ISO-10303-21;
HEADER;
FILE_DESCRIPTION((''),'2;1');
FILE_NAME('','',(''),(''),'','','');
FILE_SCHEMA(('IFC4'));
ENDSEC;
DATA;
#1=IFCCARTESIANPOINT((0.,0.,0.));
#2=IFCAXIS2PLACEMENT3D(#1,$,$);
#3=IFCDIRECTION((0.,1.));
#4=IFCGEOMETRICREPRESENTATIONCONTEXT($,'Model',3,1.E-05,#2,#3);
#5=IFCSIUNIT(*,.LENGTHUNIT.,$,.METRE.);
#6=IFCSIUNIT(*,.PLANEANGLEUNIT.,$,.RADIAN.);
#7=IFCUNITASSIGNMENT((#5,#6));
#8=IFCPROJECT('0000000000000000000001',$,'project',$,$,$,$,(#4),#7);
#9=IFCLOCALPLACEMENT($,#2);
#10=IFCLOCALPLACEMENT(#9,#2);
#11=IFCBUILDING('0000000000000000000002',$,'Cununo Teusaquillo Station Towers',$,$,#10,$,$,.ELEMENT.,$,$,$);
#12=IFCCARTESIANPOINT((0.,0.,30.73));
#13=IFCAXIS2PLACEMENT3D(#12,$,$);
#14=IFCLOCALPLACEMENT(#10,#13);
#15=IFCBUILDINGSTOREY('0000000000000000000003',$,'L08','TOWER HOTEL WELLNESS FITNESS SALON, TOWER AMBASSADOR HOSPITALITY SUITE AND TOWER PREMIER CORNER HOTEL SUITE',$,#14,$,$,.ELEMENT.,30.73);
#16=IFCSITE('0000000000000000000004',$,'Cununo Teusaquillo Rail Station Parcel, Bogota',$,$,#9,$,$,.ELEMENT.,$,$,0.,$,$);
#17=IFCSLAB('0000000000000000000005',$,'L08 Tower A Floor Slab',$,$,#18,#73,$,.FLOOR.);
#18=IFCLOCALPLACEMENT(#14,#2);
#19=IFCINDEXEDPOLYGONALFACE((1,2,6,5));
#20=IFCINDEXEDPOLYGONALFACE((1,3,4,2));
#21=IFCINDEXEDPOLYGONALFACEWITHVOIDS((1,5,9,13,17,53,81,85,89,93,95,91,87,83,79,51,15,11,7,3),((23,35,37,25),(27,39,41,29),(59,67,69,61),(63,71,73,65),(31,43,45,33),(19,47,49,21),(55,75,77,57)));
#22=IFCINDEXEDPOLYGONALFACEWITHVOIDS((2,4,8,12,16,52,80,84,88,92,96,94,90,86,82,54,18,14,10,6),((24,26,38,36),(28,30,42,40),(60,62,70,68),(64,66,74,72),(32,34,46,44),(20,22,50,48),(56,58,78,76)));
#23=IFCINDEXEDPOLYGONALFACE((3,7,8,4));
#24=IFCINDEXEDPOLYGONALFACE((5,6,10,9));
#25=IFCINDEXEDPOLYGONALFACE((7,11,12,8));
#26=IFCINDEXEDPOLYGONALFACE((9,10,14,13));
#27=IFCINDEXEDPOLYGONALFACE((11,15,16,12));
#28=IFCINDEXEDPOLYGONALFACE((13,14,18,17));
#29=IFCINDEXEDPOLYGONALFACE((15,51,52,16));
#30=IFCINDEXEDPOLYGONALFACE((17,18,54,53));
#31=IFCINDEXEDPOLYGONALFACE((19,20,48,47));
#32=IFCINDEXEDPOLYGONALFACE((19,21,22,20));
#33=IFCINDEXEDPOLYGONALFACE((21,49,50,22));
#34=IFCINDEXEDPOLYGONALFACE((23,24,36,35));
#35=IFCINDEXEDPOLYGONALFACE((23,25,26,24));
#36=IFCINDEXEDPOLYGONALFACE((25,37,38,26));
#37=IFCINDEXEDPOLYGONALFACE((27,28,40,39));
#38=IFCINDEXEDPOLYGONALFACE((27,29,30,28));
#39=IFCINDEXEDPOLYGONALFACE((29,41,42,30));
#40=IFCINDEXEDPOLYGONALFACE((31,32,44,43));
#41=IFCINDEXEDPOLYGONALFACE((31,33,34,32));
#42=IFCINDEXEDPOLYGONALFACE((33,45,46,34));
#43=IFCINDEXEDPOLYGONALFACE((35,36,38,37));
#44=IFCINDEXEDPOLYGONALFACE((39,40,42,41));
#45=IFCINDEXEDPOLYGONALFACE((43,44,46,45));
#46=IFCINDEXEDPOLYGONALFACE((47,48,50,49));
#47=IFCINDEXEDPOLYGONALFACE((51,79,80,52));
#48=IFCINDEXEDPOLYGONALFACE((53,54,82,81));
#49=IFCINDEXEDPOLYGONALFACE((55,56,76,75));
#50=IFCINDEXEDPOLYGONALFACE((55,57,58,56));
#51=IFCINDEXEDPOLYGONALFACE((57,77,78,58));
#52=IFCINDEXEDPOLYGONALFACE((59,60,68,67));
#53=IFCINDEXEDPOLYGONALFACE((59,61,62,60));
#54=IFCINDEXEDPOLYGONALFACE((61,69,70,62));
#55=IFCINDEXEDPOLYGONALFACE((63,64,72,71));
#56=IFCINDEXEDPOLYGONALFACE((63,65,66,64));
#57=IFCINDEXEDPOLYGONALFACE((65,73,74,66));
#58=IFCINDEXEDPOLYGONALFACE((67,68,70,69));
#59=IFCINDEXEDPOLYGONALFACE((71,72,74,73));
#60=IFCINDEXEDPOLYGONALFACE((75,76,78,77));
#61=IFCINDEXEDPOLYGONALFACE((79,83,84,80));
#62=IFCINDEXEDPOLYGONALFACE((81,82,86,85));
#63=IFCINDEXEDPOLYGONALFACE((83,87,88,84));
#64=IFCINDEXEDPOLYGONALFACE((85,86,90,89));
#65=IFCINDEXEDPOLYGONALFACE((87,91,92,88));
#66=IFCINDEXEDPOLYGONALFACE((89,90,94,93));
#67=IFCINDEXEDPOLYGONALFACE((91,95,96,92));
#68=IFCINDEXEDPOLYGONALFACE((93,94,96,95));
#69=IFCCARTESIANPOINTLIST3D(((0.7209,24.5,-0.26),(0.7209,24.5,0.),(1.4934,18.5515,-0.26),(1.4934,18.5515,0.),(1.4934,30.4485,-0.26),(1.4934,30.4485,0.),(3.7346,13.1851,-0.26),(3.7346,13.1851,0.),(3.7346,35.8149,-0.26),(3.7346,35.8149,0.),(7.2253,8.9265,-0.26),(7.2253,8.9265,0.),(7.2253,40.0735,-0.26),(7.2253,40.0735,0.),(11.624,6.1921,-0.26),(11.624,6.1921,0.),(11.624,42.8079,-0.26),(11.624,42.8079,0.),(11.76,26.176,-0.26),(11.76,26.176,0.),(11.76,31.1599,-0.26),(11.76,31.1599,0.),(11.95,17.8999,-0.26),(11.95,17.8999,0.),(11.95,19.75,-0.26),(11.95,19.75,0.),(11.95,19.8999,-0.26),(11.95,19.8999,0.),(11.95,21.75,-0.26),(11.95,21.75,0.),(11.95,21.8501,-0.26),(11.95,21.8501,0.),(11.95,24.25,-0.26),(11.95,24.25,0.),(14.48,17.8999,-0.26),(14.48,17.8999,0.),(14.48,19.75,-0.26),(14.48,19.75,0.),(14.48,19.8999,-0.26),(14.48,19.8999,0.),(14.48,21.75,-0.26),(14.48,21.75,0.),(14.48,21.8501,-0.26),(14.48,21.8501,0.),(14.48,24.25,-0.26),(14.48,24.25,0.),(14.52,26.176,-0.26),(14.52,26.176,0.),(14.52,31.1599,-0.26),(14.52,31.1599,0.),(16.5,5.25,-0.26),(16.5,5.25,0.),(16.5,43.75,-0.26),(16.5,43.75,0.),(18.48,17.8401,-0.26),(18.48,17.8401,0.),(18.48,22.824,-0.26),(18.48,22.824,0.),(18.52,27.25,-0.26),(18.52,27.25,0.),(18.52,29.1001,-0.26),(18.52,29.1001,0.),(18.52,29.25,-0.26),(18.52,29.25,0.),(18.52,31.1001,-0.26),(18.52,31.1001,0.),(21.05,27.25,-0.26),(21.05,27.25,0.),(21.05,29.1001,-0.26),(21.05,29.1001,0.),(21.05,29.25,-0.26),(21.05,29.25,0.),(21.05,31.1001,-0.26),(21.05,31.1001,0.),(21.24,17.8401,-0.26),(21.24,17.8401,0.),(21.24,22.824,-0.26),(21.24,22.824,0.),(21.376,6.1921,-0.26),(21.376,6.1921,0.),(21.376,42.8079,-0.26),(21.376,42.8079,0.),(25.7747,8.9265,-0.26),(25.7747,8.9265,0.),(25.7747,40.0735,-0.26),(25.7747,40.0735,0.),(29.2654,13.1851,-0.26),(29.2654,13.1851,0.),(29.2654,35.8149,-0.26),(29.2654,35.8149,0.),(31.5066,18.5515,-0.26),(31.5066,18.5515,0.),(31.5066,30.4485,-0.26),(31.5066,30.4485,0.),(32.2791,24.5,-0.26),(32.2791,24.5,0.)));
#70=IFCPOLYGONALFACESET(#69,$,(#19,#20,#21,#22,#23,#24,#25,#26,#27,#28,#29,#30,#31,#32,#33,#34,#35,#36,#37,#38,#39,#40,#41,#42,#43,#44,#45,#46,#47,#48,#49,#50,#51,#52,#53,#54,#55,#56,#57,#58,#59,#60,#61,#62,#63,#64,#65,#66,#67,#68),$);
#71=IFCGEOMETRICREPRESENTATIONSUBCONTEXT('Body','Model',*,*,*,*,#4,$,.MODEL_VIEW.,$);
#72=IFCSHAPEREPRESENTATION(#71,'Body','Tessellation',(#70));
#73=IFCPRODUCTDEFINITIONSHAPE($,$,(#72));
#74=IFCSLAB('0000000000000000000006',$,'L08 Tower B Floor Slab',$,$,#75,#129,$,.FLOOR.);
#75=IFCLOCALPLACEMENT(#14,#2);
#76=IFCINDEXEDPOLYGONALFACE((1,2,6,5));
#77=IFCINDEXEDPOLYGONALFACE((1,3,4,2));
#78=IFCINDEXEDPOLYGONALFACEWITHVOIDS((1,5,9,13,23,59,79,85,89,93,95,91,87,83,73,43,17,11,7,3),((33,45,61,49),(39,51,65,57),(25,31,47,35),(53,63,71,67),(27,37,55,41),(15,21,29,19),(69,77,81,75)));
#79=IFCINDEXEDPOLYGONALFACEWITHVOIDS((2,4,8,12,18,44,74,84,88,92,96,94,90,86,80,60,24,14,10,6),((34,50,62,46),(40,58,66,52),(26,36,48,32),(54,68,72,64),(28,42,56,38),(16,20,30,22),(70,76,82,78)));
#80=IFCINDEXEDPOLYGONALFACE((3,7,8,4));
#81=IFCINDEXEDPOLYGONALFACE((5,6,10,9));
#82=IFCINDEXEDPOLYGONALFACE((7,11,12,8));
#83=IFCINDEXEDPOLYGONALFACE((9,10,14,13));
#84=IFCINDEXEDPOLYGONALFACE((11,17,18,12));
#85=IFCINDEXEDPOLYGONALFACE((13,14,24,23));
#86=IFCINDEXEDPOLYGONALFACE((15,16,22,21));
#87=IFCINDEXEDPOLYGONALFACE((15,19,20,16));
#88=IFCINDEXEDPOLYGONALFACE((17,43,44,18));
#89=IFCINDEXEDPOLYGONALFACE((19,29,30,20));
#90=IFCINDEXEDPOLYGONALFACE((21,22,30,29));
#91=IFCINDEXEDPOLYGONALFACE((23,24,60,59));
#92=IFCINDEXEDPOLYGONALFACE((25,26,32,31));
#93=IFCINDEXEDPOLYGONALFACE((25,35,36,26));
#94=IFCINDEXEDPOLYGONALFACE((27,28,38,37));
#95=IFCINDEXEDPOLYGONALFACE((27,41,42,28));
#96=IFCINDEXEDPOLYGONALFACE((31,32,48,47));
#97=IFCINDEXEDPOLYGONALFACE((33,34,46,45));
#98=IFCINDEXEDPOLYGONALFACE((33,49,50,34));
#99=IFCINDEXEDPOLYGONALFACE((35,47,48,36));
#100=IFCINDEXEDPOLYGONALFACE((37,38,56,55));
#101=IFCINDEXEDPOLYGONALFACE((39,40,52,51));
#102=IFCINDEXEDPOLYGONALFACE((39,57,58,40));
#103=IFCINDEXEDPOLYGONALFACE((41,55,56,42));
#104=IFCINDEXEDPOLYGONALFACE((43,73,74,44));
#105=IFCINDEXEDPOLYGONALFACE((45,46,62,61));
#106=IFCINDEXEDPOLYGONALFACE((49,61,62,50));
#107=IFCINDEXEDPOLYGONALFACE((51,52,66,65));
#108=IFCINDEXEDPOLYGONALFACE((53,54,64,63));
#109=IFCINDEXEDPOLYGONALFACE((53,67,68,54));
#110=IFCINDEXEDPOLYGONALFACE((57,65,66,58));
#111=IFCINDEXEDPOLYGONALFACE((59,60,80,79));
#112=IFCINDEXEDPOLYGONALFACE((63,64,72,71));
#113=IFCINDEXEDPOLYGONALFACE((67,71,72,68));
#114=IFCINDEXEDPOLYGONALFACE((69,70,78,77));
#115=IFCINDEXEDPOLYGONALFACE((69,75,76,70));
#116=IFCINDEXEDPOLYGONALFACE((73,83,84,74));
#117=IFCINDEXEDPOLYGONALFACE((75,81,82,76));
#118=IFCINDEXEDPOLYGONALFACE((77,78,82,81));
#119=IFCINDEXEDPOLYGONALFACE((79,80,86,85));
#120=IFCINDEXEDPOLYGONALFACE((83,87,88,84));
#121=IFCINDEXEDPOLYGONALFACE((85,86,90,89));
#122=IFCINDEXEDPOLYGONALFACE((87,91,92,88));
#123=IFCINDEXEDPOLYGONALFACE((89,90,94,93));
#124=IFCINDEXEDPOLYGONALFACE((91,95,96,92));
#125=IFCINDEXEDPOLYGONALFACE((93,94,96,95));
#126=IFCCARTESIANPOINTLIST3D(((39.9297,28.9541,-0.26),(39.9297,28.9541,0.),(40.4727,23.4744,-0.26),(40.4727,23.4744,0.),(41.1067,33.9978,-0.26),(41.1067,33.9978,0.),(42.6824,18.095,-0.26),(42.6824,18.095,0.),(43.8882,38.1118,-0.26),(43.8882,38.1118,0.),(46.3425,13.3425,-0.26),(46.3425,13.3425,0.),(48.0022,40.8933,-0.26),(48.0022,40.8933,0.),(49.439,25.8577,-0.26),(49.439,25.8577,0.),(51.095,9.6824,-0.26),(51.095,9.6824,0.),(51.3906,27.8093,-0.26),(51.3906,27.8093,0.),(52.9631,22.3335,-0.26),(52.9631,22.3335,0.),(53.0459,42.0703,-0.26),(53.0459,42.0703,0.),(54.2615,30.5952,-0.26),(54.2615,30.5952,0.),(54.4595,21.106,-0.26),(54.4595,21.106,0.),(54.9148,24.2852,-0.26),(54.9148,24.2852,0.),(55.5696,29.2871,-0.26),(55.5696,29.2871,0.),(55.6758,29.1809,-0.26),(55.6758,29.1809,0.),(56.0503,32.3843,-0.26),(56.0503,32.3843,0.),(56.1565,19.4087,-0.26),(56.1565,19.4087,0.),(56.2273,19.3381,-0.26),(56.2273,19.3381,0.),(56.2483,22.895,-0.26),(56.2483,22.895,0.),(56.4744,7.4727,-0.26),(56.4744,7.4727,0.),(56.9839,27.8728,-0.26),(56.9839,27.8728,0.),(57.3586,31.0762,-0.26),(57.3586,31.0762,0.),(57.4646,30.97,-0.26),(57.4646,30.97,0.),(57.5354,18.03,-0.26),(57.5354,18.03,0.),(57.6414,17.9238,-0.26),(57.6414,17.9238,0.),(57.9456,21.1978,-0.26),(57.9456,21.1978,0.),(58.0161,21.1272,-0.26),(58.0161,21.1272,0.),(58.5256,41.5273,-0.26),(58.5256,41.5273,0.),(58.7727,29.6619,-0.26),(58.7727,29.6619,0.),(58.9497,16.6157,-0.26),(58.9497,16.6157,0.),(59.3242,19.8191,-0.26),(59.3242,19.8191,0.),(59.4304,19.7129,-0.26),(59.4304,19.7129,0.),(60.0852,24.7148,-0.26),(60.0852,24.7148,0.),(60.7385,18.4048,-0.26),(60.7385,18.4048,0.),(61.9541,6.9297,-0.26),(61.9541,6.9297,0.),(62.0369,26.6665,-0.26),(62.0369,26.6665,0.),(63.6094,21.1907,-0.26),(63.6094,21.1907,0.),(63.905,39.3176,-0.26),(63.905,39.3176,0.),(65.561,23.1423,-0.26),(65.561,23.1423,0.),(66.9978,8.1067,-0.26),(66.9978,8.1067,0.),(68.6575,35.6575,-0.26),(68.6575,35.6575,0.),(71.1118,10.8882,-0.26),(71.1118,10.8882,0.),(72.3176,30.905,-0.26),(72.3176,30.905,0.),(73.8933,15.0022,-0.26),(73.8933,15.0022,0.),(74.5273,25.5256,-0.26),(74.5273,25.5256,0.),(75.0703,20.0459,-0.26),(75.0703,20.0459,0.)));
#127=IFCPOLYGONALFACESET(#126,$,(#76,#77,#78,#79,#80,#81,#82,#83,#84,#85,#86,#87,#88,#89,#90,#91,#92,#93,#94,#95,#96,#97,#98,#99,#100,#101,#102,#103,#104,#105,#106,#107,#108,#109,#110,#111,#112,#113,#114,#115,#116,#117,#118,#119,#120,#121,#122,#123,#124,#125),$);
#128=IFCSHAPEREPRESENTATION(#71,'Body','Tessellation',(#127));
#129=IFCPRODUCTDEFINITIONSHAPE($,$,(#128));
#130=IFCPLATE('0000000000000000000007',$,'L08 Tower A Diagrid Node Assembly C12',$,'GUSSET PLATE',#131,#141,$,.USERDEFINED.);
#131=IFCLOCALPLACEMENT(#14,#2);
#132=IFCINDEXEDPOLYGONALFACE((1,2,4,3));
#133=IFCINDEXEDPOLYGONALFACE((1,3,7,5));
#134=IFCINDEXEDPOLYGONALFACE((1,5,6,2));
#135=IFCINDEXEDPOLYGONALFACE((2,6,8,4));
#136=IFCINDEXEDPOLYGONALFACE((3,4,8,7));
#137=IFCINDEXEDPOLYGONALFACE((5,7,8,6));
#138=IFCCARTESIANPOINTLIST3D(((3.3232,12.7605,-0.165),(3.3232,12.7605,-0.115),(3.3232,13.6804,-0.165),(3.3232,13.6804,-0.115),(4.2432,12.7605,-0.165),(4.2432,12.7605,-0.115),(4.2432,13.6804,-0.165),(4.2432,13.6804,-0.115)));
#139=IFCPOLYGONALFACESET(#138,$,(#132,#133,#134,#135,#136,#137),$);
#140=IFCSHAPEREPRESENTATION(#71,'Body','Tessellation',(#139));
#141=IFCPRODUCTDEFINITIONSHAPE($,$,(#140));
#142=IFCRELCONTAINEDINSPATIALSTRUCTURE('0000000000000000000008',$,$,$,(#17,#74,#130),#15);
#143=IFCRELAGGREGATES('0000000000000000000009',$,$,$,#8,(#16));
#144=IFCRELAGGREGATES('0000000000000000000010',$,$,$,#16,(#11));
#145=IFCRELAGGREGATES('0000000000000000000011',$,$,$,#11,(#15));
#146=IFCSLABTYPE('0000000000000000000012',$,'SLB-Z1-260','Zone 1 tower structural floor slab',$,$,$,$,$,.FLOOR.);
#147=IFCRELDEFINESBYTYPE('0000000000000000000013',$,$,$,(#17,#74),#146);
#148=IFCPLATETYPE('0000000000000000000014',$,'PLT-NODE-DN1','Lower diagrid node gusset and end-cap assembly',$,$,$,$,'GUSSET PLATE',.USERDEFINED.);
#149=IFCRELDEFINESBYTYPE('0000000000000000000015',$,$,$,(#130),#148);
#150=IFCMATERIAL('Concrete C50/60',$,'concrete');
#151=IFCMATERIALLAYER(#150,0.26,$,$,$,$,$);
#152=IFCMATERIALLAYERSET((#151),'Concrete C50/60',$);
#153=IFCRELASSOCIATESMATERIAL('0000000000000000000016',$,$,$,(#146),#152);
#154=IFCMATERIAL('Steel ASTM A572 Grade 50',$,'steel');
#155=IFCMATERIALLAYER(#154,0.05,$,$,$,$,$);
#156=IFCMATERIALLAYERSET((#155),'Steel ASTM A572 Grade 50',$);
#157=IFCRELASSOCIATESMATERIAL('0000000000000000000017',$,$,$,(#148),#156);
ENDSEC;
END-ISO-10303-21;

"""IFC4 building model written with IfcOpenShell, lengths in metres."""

from ifc_helpers import new_model, si_unit, direction, frame, origin, origin_2d, place, context, subcontext, project, spatial, polyline, rectangle, outline, extrude, source, transform, mapped, material, layer, layer_set, type_object, element, save


model = new_model("IFC4")

# Units and contexts
model_context = context("Model", 3, precision=1e-05, world=origin(), true_north=direction((0.0, 1.0)))
body_context = subcontext(model_context, "Body", "Model", "MODEL_VIEW")
ifc_project = project(units=[si_unit("LENGTHUNIT", "METRE"), si_unit("PLANEANGLEUNIT", "RADIAN")], contexts=[model_context])

# Site, building, storey
site_placement = place(None, origin())
site = spatial("IfcSite", under=ifc_project, at=site_placement, Name="Cununo Teusaquillo Rail Station Parcel, Bogota", CompositionType="ELEMENT", RefElevation=0.0)
building_placement = place(site_placement, origin())
building = spatial("IfcBuilding", under=site, at=building_placement, Name="Cununo Teusaquillo Station Towers", CompositionType="ELEMENT")
storey_placement = place(building_placement, frame((0.0, 0.0, 30.73)))
storey = spatial("IfcBuildingStorey", under=building, at=storey_placement, Name="L08", Description="TOWER HOTEL WELLNESS FITNESS SALON, TOWER AMBASSADOR HOSPITALITY SUITE AND TOWER PREMIER CORNER HOTEL SUITE", CompositionType="ELEMENT", Elevation=30.73)

# Slabs
ifc_material_1 = material(Name="Concrete C50/60", Category="concrete")
ifc_layer_1 = layer(ifc_material_1, 0.26)
ifc_layer_set_1 = layer_set([ifc_layer_1], Name="Concrete C50/60")
slab_type_1 = type_object("IfcSlabType", Name="SLB-Z1-260", Description="Zone 1 tower structural floor slab", PredefinedType="FLOOR", material=ifc_layer_set_1)
slab_1_placement = place(storey_placement, frame((0.0, 0.0, -0.26)))
element("IfcSlab", 1, at=slab_1_placement, inside=storey, type_object=slab_type_1, Name="L08 Tower A Floor Slab", PredefinedType="FLOOR", context=body_context, shape_type="SweptSolid", body=[
    extrude(outline(polyline([(32.2791, 24.5), (31.5066, 30.4485), (29.2654, 35.8149), (25.7747, 40.0735), (21.376, 42.8079), (16.5, 43.75), (11.624, 42.8079), (7.2253, 40.0735), (3.7346, 35.8149), (1.4934, 30.4485), (0.7209, 24.5), (1.4934, 18.5515), (3.7346, 13.1851), (7.2253, 8.9265), (11.624, 6.1921), (16.5, 5.25), (21.376, 6.1921), (25.7747, 8.9265), (29.2654, 13.1851), (31.5066, 18.5515), (32.2791, 24.5)]), holes=[polyline([(14.52, 26.176), (14.52, 31.1599), (11.76, 31.1599), (11.76, 26.176), (14.52, 26.176)]), polyline([(18.48, 22.824), (18.48, 17.8401), (21.24, 17.8401), (21.24, 22.824), (18.48, 22.824)]), polyline([(11.95, 21.8501), (14.48, 21.8501), (14.48, 24.25), (11.95, 24.25), (11.95, 21.8501)]), polyline([(11.95, 17.8999), (14.48, 17.8999), (14.48, 19.75), (11.95, 19.75), (11.95, 17.8999)]), polyline([(11.95, 19.8999), (14.48, 19.8999), (14.48, 21.75), (11.95, 21.75), (11.95, 19.8999)]), polyline([(18.52, 27.25), (21.05, 27.25), (21.05, 29.1001), (18.52, 29.1001), (18.52, 27.25)]), polyline([(18.52, 29.25), (21.05, 29.25), (21.05, 31.1001), (18.52, 31.1001), (18.52, 29.25)])]), origin(), (0.0, 0.0, 1.0), 0.26),
])
slab_2_placement = place(storey_placement, frame((0.0, 0.0, -0.26)))
element("IfcSlab", 2, at=slab_2_placement, inside=storey, type_object=slab_type_1, Name="L08 Tower B Floor Slab", PredefinedType="FLOOR", context=body_context, shape_type="SweptSolid", body=[
    extrude(outline(polyline([(68.6575, 35.6575), (63.905, 39.3176), (58.5256, 41.5273), (53.0459, 42.0703), (48.0022, 40.8933), (43.8882, 38.1118), (41.1067, 33.9978), (39.9297, 28.9541), (40.4727, 23.4744), (42.6824, 18.095), (46.3425, 13.3425), (51.095, 9.6824), (56.4744, 7.4727), (61.9541, 6.9297), (66.9978, 8.1067), (71.1118, 10.8882), (73.8933, 15.0022), (75.0703, 20.0459), (74.5273, 25.5256), (72.3176, 30.905), (68.6575, 35.6575)]), holes=[polyline([(54.9148, 24.2852), (51.3906, 27.8093), (49.439, 25.8577), (52.9631, 22.3335), (54.9148, 24.2852)]), polyline([(60.0852, 24.7148), (63.6094, 21.1907), (65.561, 23.1423), (62.0369, 26.6665), (60.0852, 24.7148)]), polyline([(56.1565, 19.4087), (57.9456, 21.1978), (56.2483, 22.895), (54.4595, 21.106), (56.1565, 19.4087)]), polyline([(58.9497, 16.6157), (60.7385, 18.4048), (59.4304, 19.7129), (57.6414, 17.9238), (58.9497, 16.6157)]), polyline([(57.5354, 18.03), (59.3242, 19.8191), (58.0161, 21.1272), (56.2273, 19.3381), (57.5354, 18.03)]), polyline([(56.9839, 27.8728), (58.7727, 29.6619), (57.4646, 30.97), (55.6758, 29.1809), (56.9839, 27.8728)]), polyline([(55.5696, 29.2871), (57.3586, 31.0762), (56.0503, 32.3843), (54.2615, 30.5952), (55.5696, 29.2871)])]), origin(), (0.0, 0.0, 1.0), 0.26),
])

# Plate
ifc_material_2 = material(Name="Steel ASTM A572 Grade 50", Category="steel")
ifc_layer_2 = layer(ifc_material_2, 0.05)
ifc_layer_set_2 = layer_set([ifc_layer_2], Name="Steel ASTM A572 Grade 50")
plate_type = type_object("IfcPlateType", Name="PLT-NODE-DN1", Description="Lower diagrid node gusset and end-cap assembly", ElementType="GUSSET PLATE", PredefinedType="USERDEFINED", material=ifc_layer_set_2)
shared_shape_1 = source(origin(), body_context, "Body", "SweptSolid", [
    extrude(rectangle(XDim=0.9199, YDim=0.9199, at=origin_2d()), origin(), (0.0, 0.0, 1.0), 0.05),
])
plate_placement = place(storey_placement, frame((3.7832, 13.2205, -0.165), z_axis=(0.0, 0.0, 1.0), x_axis=(1.0, 0.0, 0.0)))
element("IfcPlate", 3, at=plate_placement, inside=storey, type_object=plate_type, Name="L08 Tower A Diagrid Node Assembly C12", ObjectType="GUSSET PLATE", PredefinedType="USERDEFINED", context=body_context, shape_type="MappedRepresentation", body=[
    mapped(shared_shape_1, transform((0.0, 0.0, 0.0), x_axis=(1.0, 0.0, 0.0), y_axis=(0.0, 1.0, 0.0), z_axis=(0.0, 0.0, 1.0), scale=1.0)),
])

save(model, "model.ifc")
